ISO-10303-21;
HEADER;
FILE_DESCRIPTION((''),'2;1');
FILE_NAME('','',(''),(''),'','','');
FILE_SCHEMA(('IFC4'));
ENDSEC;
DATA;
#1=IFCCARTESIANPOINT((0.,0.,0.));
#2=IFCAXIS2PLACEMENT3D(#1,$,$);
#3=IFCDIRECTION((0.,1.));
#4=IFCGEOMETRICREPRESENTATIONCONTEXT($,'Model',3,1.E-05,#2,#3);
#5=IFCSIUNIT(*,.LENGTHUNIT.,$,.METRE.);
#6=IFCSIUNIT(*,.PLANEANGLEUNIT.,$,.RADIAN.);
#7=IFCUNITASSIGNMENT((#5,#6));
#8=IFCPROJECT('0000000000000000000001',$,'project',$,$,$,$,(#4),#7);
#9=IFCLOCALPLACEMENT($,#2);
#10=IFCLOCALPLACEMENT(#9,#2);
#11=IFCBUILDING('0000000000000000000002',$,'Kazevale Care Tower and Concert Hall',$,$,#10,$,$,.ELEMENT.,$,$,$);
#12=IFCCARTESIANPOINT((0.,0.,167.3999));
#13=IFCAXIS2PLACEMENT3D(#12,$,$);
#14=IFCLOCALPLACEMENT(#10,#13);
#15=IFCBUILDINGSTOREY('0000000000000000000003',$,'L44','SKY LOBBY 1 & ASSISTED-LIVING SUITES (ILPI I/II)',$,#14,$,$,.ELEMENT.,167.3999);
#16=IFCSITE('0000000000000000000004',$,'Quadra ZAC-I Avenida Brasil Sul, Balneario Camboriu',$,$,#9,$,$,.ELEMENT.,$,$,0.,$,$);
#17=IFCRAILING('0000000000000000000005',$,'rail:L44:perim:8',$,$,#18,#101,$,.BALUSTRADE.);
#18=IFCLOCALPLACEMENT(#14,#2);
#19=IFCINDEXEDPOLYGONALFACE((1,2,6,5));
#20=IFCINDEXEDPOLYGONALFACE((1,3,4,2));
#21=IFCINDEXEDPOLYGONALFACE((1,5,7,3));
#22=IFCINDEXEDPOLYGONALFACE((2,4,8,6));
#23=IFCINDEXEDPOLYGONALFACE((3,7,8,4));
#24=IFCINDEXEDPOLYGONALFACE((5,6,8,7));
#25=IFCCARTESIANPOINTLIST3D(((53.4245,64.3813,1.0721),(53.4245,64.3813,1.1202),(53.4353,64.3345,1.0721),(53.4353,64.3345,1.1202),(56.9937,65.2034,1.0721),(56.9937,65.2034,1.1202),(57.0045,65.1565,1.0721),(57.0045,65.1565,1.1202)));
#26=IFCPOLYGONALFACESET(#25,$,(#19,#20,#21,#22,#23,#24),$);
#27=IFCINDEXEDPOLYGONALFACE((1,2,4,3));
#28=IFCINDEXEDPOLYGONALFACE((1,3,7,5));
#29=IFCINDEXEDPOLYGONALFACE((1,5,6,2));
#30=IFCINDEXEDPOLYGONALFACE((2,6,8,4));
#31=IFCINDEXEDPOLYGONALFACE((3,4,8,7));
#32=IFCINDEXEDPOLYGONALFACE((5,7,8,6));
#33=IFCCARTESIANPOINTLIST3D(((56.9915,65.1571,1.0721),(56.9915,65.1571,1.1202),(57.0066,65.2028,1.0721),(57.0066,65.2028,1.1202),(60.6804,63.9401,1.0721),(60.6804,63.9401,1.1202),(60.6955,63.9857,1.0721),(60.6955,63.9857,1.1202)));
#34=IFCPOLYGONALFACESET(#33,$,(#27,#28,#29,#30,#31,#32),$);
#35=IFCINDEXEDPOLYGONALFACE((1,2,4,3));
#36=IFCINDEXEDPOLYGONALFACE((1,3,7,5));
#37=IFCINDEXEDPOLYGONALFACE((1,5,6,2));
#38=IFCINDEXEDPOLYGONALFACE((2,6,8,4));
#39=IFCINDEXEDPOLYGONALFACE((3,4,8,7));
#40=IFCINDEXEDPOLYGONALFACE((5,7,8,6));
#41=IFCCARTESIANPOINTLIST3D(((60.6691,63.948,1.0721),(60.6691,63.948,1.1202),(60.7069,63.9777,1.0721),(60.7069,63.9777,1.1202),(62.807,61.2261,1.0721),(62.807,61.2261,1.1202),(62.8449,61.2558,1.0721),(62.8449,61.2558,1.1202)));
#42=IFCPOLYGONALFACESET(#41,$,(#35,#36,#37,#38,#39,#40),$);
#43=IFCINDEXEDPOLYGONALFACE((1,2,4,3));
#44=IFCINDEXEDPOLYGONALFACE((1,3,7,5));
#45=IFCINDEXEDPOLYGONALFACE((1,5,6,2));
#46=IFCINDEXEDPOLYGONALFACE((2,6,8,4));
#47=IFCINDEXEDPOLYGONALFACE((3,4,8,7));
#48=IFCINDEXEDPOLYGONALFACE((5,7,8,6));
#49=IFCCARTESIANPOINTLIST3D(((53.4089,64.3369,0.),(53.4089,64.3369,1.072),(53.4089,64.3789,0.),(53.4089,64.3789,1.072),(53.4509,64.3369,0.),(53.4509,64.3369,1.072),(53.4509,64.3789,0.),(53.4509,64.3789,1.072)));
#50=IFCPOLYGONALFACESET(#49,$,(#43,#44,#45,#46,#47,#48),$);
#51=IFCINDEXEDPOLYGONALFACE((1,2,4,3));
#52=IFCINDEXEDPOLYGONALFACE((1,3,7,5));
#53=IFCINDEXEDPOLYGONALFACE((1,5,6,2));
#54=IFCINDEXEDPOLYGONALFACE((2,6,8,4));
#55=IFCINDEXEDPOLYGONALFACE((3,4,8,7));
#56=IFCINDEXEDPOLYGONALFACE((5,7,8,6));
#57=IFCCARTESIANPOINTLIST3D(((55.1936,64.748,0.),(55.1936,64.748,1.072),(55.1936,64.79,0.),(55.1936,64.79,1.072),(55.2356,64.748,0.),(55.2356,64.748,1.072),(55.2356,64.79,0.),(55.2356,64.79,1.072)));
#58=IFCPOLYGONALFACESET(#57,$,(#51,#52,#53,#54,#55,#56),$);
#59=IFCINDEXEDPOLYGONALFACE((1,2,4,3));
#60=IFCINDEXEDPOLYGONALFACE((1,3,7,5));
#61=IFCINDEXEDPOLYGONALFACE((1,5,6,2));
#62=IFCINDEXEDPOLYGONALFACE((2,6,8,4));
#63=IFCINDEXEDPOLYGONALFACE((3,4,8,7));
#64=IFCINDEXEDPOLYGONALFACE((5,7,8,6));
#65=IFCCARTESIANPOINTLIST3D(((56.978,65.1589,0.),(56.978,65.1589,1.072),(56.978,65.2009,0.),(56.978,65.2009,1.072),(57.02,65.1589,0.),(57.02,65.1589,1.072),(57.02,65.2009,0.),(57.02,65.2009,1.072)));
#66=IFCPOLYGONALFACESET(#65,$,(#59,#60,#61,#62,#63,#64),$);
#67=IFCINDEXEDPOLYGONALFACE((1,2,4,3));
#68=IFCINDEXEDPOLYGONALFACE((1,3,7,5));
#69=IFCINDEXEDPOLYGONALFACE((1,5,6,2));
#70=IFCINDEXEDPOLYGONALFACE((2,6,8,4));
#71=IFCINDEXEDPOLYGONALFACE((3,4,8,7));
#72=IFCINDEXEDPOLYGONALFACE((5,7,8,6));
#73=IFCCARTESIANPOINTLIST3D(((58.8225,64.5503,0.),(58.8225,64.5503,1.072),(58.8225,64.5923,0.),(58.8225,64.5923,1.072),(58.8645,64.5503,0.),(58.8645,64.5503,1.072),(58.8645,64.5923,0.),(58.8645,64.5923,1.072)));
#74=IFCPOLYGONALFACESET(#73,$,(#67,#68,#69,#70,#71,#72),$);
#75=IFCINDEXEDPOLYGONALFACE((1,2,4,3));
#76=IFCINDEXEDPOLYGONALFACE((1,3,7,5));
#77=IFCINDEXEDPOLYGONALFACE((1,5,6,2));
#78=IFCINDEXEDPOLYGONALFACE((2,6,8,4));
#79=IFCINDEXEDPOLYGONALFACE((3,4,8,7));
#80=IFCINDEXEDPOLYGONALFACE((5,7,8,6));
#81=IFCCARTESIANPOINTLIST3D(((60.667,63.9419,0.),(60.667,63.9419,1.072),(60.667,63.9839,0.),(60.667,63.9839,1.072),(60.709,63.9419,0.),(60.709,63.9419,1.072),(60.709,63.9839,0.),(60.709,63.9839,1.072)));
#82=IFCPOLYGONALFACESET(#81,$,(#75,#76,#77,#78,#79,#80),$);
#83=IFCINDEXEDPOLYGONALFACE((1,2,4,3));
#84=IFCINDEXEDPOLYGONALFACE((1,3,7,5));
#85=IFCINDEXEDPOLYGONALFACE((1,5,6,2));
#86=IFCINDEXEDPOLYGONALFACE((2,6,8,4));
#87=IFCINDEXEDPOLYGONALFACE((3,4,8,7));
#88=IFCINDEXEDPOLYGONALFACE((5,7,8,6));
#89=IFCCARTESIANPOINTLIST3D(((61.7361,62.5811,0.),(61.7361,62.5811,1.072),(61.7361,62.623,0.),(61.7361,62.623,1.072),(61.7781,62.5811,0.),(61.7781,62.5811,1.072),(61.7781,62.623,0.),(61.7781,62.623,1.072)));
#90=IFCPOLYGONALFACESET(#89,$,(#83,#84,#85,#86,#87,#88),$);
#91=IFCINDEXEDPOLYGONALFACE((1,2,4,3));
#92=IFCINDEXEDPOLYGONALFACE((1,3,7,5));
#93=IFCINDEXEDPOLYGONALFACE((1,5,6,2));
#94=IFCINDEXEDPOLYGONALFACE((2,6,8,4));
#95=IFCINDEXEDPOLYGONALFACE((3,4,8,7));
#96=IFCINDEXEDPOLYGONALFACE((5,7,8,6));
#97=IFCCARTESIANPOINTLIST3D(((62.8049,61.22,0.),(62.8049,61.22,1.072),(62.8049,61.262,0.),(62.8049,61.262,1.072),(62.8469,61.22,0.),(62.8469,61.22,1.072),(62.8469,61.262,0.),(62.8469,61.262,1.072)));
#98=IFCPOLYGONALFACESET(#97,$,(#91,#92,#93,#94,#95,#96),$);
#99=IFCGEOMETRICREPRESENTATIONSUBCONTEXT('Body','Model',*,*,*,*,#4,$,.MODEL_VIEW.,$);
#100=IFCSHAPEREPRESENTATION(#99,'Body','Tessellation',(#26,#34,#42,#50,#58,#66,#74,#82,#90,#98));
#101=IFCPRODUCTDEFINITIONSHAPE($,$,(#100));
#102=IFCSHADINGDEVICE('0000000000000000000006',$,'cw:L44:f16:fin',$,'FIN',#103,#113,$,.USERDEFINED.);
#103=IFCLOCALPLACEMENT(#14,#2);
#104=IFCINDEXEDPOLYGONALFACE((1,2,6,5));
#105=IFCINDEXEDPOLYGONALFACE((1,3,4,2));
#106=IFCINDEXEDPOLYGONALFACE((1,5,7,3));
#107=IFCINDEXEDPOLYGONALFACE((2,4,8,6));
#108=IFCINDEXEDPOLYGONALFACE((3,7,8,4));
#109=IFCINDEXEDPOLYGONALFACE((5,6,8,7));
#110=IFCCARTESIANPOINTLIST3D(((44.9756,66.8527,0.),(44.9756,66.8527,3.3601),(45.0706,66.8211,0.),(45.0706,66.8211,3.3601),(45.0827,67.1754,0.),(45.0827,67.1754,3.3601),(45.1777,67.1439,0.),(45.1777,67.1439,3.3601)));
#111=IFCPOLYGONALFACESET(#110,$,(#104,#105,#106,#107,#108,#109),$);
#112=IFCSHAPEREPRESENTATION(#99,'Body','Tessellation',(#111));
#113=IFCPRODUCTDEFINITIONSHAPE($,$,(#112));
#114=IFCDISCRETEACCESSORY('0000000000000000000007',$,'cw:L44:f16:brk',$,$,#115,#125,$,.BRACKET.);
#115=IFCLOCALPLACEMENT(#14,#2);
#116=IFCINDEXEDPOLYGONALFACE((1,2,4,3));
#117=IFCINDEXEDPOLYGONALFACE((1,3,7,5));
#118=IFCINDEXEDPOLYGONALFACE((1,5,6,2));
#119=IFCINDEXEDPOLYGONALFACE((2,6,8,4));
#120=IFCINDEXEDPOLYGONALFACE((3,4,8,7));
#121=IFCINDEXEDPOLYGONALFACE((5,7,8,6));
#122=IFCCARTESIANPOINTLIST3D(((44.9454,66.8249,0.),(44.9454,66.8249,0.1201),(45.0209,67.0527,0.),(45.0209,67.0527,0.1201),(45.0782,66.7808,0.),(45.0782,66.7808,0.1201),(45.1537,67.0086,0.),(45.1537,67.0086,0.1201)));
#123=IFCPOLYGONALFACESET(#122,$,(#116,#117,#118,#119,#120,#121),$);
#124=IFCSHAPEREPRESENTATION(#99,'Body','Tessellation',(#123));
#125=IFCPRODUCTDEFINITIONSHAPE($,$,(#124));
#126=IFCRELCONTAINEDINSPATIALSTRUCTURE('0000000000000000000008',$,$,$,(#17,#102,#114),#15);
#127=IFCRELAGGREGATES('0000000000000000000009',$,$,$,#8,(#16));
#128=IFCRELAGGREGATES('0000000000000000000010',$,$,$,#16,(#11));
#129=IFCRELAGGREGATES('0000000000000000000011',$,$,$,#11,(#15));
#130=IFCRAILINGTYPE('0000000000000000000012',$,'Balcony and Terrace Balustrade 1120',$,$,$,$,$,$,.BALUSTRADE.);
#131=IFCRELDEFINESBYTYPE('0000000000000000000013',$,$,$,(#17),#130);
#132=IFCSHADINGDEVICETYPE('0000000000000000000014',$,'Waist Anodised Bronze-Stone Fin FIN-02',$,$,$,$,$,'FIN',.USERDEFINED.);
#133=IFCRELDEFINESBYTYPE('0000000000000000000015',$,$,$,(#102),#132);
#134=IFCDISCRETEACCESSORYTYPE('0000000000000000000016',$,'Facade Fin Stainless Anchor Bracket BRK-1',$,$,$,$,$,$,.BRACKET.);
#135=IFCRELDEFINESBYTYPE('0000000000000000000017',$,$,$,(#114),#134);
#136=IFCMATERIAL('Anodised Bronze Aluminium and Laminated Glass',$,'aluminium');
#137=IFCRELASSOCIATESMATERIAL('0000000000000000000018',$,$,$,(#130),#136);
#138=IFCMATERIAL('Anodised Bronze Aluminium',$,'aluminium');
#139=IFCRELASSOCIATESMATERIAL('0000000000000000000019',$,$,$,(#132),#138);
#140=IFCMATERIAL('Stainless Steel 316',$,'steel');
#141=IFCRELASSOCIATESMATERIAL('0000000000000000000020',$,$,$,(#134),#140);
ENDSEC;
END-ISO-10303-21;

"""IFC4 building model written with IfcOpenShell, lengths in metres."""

from ifc_helpers import new_model, si_unit, direction, frame, origin, origin_2d, place, context, subcontext, project, spatial, rectangle, extrude, material, type_object, element, save


model = new_model("IFC4")

# Units and contexts
model_context = context("Model", 3, precision=1e-05, world=origin(), true_north=direction((0.0, 1.0)))
body_context = subcontext(model_context, "Body", "Model", "MODEL_VIEW")
ifc_project = project(units=[si_unit("LENGTHUNIT", "METRE"), si_unit("PLANEANGLEUNIT", "RADIAN")], contexts=[model_context])

# Site, building, storey
site_placement = place(None, origin())
site = spatial("IfcSite", under=ifc_project, at=site_placement, Name="Quadra ZAC-I Avenida Brasil Sul, Balneario Camboriu", CompositionType="ELEMENT", RefElevation=0.0)
building_placement = place(site_placement, origin())
building = spatial("IfcBuilding", under=site, at=building_placement, Name="Kazevale Care Tower and Concert Hall", CompositionType="ELEMENT")
storey_placement = place(building_placement, frame((0.0, 0.0, 167.3999)))
storey = spatial("IfcBuildingStorey", under=building, at=storey_placement, Name="L44", Description="SKY LOBBY 1 & ASSISTED-LIVING SUITES (ILPI I/II)", CompositionType="ELEMENT", Elevation=167.3999)

# Railing
ifc_material_1 = material(Name="Anodised Bronze Aluminium and Laminated Glass", Category="aluminium")
railing_type = type_object("IfcRailingType", Name="Balcony and Terrace Balustrade 1120", PredefinedType="BALUSTRADE", material=ifc_material_1)
railing_1_placement = place(storey_placement, frame((53.4299, 64.3579, 0.0)))
element("IfcRailing", 1, at=railing_1_placement, inside=storey, type_object=railing_type, Name="rail:L44:perim:8", PredefinedType="BALUSTRADE", context=body_context, shape_type="SweptSolid", body=[
    extrude(rectangle(XDim=0.0481, YDim=0.0481, at=origin_2d()), frame((0.0, 0.0, 1.0962), z_axis=(0.974488, 0.224441, 0.0), x_axis=(-0.224441, 0.974488, 0.0)), (0.0, 0.0, 1.0), 3.6626),
    extrude(rectangle(XDim=0.0481, YDim=0.0481, at=origin_2d()), frame((3.5691, 0.822, 1.0962), z_axis=(0.949653, -0.313304, 0.0), x_axis=(0.313304, 0.949653, 0.0)), (0.0, 0.0, 1.0), 3.8845),
    extrude(rectangle(XDim=0.0481, YDim=0.0481, at=origin_2d()), frame((7.2581, -0.395, 1.0962), z_axis=(0.617694, -0.786419, 0.0), x_axis=(0.786419, 0.617694, 0.0)), (0.0, 0.0, 1.0), 3.4612),
    extrude(rectangle(XDim=0.042, YDim=0.042, at=origin_2d()), origin(), (0.0, 0.0, 1.0), 1.072),
    extrude(rectangle(XDim=0.042, YDim=0.042, at=origin_2d()), frame((1.7847, 0.4111, 0.0)), (0.0, 0.0, 1.0), 1.072),
    extrude(rectangle(XDim=0.042, YDim=0.042, at=origin_2d()), frame((3.5691, 0.822, 0.0)), (0.0, 0.0, 1.0), 1.072),
    extrude(rectangle(XDim=0.042, YDim=0.042, at=origin_2d()), frame((5.4136, 0.2134, 0.0)), (0.0, 0.0, 1.0), 1.072),
    extrude(rectangle(XDim=0.042, YDim=0.042, at=origin_2d()), frame((7.2581, -0.395, 0.0)), (0.0, 0.0, 1.0), 1.072),
    extrude(rectangle(XDim=0.042, YDim=0.042, at=origin_2d()), frame((8.3271, -1.7559, 0.0)), (0.0, 0.0, 1.0), 1.072),
    extrude(rectangle(XDim=0.042, YDim=0.042, at=origin_2d()), frame((9.396, -3.1169, 0.0)), (0.0, 0.0, 1.0), 1.072),
])

# Shading device
ifc_material_2 = material(Name="Anodised Bronze Aluminium", Category="aluminium")
shading_device_type = type_object("IfcShadingDeviceType", Name="Waist Anodised Bronze-Stone Fin FIN-02", ElementType="FIN", PredefinedType="USERDEFINED", material=ifc_material_2)
shading_device_placement = place(storey_placement, frame((45.0767, 66.9983, 0.0), z_axis=(0.0, 0.0, 1.0), x_axis=(0.314821, 0.949151, 0.0)))
element("IfcShadingDevice", 2, at=shading_device_placement, inside=storey, type_object=shading_device_type, Name="cw:L44:f16:fin", ObjectType="FIN", PredefinedType="USERDEFINED", context=body_context, shape_type="SweptSolid", body=[
    extrude(rectangle(XDim=0.3401, YDim=0.1001, at=origin_2d()), origin(), (0.0, 0.0, 1.0), 3.3601),
])

# Discrete accessory
ifc_material_3 = material(Name="Stainless Steel 316", Category="steel")
discrete_accessory_type = type_object("IfcDiscreteAccessoryType", Name="Facade Fin Stainless Anchor Bracket BRK-1", PredefinedType="BRACKET", material=ifc_material_3)
discrete_accessory_placement = place(storey_placement, frame((45.0496, 66.9167, 0.0), z_axis=(0.0, 0.0, 1.0), x_axis=(0.314821, 0.949151, 0.0)))
element("IfcDiscreteAccessory", 3, at=discrete_accessory_placement, inside=storey, type_object=discrete_accessory_type, Name="cw:L44:f16:brk", PredefinedType="BRACKET", context=body_context, shape_type="SweptSolid", body=[
    extrude(rectangle(XDim=0.24, YDim=0.1399, at=origin_2d()), origin(), (0.0, 0.0, 1.0), 0.1201),
])

save(model, "model.ifc")
